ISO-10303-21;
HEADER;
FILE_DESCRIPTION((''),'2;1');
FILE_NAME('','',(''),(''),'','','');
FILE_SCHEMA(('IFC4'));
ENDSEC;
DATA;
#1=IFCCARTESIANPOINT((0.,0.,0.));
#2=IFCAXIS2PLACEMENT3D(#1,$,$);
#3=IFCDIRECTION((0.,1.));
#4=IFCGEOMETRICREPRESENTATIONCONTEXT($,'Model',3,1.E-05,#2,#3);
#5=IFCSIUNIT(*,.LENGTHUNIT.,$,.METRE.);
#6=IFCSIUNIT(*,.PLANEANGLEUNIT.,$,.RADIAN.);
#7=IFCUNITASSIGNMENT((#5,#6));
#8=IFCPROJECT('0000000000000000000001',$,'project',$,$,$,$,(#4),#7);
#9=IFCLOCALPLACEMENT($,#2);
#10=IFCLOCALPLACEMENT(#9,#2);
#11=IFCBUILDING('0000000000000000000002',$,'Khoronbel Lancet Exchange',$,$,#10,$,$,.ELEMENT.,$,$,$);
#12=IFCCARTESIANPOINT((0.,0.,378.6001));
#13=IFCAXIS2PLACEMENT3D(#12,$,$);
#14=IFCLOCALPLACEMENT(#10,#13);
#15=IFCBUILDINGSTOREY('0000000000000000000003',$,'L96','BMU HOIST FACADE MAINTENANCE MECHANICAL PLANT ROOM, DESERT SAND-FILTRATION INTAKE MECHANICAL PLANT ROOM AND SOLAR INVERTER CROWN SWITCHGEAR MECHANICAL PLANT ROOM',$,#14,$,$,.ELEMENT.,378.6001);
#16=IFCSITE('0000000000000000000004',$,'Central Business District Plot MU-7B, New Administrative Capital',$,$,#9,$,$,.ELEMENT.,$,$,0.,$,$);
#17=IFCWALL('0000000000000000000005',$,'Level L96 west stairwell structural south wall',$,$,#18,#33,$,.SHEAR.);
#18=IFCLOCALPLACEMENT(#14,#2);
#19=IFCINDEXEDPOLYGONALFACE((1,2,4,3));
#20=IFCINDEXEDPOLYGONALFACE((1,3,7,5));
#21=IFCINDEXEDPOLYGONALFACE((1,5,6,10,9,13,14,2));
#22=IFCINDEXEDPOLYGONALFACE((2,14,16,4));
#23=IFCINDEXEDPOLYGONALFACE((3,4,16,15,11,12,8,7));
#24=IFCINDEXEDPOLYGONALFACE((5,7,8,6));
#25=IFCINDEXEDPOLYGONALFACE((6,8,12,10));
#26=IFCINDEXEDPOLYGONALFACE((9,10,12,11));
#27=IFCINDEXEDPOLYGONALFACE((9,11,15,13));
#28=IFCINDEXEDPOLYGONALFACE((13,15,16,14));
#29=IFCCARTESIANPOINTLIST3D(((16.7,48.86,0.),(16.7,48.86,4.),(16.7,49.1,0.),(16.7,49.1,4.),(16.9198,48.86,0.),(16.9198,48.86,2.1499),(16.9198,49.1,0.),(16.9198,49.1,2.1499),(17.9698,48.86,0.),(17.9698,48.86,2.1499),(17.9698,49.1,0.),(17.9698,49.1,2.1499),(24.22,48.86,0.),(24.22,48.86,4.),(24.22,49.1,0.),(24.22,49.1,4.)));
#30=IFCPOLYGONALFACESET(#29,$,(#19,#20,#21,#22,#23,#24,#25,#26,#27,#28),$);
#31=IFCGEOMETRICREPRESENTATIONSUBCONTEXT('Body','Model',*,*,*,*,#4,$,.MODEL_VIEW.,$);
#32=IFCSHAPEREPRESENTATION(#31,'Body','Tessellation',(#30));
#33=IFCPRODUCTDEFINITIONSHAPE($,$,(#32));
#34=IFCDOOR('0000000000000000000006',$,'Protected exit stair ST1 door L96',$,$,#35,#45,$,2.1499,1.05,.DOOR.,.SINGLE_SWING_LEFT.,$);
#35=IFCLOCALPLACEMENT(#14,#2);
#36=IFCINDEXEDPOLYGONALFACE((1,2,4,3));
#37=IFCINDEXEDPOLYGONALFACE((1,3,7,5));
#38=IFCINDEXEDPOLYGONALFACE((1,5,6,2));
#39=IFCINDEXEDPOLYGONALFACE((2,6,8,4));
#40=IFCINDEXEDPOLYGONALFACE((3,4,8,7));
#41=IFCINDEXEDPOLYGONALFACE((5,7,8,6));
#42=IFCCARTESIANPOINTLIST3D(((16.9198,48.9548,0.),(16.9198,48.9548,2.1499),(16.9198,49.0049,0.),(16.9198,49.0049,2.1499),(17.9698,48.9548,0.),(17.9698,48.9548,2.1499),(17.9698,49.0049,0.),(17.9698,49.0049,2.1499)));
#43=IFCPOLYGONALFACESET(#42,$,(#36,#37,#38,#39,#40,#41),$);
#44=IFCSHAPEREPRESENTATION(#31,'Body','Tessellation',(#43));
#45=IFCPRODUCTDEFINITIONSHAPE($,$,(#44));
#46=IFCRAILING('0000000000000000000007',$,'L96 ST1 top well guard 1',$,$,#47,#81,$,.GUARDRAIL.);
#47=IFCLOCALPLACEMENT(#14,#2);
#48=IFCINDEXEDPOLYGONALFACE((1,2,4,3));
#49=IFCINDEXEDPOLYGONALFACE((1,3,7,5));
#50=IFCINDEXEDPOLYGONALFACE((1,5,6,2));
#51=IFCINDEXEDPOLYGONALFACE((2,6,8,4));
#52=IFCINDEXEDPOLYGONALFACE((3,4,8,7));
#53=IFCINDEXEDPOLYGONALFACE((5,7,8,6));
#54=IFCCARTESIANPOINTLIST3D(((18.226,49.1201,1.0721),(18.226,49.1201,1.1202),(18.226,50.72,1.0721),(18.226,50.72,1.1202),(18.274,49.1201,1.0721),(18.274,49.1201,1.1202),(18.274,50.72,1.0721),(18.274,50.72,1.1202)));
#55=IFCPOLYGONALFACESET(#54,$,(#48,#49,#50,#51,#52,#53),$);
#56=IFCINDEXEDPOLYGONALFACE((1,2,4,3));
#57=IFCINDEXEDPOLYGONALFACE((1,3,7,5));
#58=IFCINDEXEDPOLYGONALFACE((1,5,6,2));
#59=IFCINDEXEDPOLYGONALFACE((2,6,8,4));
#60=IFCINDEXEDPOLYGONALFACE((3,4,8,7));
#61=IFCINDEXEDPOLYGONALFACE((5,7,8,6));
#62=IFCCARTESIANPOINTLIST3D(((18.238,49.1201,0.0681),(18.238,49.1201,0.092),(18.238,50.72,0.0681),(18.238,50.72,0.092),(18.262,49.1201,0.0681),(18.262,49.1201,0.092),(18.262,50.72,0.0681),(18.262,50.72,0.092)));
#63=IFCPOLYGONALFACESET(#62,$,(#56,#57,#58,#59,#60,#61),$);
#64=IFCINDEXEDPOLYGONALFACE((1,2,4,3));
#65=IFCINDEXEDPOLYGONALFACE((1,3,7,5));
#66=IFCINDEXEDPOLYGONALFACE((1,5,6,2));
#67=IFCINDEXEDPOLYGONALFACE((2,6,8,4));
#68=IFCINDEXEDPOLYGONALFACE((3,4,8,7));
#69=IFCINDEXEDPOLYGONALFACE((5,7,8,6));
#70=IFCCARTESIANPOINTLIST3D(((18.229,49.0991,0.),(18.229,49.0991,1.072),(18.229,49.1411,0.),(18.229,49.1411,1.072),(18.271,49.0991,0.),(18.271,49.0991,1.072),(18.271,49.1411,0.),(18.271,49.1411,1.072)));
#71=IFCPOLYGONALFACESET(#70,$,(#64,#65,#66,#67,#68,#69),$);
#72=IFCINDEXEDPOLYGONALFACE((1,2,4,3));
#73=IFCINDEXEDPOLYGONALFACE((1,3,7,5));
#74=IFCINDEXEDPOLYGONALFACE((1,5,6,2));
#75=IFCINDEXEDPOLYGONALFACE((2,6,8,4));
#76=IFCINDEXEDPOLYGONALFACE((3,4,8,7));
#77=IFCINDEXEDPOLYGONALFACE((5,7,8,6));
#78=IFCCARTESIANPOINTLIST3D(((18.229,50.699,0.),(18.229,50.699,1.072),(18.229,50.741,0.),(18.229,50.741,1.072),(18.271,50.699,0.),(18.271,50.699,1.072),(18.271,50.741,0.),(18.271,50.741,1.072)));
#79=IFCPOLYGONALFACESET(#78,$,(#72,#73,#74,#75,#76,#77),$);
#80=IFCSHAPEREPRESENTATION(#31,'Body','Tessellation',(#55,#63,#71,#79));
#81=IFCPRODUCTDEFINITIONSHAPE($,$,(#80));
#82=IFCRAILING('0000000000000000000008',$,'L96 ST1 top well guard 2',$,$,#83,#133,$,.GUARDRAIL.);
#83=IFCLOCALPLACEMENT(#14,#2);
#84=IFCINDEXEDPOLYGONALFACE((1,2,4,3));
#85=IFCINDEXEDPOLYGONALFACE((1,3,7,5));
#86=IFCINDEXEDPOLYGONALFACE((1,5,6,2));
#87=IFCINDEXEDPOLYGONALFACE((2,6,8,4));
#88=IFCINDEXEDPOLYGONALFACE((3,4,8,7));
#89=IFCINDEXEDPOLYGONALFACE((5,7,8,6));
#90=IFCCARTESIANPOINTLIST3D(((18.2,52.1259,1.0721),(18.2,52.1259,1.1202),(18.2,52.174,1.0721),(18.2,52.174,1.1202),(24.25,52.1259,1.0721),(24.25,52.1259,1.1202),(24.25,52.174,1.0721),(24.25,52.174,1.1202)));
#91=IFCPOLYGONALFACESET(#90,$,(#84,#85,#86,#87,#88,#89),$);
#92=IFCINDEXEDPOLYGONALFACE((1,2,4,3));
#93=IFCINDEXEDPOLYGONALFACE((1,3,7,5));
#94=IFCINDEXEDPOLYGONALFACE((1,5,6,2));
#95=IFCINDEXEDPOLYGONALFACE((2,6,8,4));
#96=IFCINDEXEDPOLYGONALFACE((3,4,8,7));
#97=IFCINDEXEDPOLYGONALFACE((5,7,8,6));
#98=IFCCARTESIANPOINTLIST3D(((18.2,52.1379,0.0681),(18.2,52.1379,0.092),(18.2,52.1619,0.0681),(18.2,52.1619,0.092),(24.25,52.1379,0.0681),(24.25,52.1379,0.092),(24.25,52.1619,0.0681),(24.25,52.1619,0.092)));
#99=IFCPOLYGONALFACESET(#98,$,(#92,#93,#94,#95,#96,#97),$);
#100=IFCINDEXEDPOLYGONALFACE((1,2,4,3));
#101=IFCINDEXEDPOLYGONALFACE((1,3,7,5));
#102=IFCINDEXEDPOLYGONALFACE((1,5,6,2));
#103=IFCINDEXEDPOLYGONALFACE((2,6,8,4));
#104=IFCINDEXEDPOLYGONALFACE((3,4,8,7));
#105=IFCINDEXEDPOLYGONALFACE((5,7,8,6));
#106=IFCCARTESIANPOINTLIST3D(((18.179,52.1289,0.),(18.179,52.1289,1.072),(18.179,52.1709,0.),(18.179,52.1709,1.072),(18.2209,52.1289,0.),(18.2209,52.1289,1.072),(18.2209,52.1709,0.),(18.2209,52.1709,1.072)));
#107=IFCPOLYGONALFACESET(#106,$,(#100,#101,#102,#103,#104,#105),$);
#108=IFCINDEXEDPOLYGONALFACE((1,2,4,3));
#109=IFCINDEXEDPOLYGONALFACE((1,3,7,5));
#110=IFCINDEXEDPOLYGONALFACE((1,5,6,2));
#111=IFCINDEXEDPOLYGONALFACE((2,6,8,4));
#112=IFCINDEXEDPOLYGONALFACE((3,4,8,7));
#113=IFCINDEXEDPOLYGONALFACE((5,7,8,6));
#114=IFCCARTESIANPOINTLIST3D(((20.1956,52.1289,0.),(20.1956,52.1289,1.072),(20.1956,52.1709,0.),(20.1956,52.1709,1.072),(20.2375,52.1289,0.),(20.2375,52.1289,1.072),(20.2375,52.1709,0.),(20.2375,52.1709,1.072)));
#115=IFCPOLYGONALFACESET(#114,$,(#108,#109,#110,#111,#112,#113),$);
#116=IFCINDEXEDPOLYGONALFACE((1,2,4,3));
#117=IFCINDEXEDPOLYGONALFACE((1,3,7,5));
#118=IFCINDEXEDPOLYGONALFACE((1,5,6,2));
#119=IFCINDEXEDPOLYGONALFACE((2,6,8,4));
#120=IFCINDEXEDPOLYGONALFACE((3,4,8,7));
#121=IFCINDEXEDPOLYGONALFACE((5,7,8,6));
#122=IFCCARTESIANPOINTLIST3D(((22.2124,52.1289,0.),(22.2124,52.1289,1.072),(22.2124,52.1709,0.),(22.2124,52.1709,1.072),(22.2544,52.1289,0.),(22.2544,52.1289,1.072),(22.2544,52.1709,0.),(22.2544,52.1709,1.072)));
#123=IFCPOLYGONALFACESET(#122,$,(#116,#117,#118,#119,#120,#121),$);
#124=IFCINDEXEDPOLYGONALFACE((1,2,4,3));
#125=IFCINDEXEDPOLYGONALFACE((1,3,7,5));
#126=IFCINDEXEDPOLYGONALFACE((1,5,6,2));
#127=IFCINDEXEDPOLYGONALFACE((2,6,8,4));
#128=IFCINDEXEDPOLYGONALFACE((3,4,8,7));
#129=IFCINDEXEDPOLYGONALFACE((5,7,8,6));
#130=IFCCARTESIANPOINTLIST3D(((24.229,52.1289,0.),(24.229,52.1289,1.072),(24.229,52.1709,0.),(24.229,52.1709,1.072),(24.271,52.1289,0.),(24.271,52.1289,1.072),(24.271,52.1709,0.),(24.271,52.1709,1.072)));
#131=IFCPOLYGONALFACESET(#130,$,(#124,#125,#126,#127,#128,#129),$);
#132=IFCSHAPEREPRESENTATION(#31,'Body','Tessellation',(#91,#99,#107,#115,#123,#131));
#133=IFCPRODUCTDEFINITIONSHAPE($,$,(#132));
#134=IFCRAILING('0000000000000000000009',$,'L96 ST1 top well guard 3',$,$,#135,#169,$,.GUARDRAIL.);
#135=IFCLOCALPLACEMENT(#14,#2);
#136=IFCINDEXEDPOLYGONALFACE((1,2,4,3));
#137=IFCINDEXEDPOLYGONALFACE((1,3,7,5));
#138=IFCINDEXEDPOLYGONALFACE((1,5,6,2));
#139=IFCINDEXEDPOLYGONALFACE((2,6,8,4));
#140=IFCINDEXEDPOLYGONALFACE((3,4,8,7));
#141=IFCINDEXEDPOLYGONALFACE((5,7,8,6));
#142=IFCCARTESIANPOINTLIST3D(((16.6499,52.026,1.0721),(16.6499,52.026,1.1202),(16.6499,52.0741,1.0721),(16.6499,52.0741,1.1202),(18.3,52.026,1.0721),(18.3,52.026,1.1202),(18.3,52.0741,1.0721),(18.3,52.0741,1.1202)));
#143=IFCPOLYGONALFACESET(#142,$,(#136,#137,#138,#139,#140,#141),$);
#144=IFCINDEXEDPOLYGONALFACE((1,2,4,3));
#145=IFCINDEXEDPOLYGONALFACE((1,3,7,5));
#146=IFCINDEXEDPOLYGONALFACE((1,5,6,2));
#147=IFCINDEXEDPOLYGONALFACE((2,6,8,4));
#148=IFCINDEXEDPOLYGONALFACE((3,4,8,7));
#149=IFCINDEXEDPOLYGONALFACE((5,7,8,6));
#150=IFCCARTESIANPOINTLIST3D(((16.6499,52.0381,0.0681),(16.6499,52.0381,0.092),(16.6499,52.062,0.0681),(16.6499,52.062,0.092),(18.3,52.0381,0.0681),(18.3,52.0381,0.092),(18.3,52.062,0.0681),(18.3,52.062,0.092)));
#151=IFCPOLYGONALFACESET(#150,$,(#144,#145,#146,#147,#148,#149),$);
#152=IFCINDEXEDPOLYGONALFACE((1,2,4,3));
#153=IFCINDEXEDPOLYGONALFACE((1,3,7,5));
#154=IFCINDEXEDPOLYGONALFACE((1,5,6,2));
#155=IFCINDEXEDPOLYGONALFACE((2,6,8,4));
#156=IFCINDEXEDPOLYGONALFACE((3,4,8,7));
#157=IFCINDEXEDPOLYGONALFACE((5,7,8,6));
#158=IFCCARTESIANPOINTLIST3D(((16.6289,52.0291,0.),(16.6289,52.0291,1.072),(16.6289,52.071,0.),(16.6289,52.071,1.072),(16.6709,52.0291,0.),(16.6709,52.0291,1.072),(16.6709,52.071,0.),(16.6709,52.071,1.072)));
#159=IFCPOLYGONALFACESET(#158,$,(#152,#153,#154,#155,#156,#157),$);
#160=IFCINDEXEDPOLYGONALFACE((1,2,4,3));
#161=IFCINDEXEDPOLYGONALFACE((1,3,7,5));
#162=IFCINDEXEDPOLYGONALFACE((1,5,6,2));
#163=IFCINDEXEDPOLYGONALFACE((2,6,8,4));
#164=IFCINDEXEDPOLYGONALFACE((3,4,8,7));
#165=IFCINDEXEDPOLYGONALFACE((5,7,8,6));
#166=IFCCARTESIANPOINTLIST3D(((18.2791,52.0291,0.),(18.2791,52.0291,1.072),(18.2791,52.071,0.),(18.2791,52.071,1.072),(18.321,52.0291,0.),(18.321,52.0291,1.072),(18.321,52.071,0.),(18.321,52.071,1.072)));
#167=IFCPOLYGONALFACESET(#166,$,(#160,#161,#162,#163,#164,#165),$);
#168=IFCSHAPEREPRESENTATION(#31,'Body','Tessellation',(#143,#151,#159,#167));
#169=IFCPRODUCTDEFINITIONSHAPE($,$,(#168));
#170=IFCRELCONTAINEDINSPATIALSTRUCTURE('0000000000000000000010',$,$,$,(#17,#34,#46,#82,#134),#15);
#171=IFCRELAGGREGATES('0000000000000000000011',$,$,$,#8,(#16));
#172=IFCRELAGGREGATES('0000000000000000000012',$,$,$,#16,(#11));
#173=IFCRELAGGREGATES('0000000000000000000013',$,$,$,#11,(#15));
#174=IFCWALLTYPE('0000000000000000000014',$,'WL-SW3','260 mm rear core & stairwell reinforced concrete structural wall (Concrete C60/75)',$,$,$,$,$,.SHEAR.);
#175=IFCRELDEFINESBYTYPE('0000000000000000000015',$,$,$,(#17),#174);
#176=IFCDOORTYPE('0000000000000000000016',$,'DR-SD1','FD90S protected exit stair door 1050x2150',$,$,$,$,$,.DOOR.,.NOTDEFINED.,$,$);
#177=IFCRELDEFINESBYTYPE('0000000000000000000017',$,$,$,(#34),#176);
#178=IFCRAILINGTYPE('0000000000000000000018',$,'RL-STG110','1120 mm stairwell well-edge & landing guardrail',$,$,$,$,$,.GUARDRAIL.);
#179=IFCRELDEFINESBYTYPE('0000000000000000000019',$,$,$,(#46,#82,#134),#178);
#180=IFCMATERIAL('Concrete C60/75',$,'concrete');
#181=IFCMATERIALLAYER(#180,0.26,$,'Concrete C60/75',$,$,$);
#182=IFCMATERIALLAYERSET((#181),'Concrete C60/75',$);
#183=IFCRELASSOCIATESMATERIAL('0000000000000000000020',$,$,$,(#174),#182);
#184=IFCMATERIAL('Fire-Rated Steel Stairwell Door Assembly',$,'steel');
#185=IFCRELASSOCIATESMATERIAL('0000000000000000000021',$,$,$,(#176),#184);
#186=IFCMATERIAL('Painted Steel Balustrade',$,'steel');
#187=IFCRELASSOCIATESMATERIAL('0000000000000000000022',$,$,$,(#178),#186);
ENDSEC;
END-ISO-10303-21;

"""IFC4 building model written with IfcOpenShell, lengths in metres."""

from ifc_helpers import new_model, si_unit, direction, frame, frame_2d, origin, origin_2d, place, context, subcontext, project, spatial, rectangle, extrude, material, layer, layer_set, type_object, element, fill, save


model = new_model("IFC4")

# Units and contexts
model_context = context("Model", 3, precision=1e-05, world=origin(), true_north=direction((0.0, 1.0)))
body_context = subcontext(model_context, "Body", "Model", "MODEL_VIEW")
ifc_project = project(units=[si_unit("LENGTHUNIT", "METRE"), si_unit("PLANEANGLEUNIT", "RADIAN")], contexts=[model_context])

# Site, building, storey
site_placement = place(None, origin())
site = spatial("IfcSite", under=ifc_project, at=site_placement, Name="Central Business District Plot MU-7B, New Administrative Capital", CompositionType="ELEMENT", RefElevation=0.0)
building_placement = place(site_placement, origin())
building = spatial("IfcBuilding", under=site, at=building_placement, Name="Khoronbel Lancet Exchange", CompositionType="ELEMENT")
storey_placement = place(building_placement, frame((0.0, 0.0, 378.6001)))
storey = spatial("IfcBuildingStorey", under=building, at=storey_placement, Name="L96", Description="BMU HOIST FACADE MAINTENANCE MECHANICAL PLANT ROOM, DESERT SAND-FILTRATION INTAKE MECHANICAL PLANT ROOM AND SOLAR INVERTER CROWN SWITCHGEAR MECHANICAL PLANT ROOM", CompositionType="ELEMENT", Elevation=378.6001)

# Wall, opening, door
ifc_material_1 = material(Name="Concrete C60/75", Category="concrete")
ifc_layer_1 = layer(ifc_material_1, 0.26, Name="Concrete C60/75")
ifc_layer_set_1 = layer_set([ifc_layer_1], Name="Concrete C60/75")
wall_type_1 = type_object("IfcWallType", Name="WL-SW3", Description="260 mm rear core & stairwell reinforced concrete structural wall (Concrete C60/75)", PredefinedType="SHEAR", material=ifc_layer_set_1)
wall_1_placement = place(storey_placement, frame((16.7, 48.98, 0.0), z_axis=(0.0, 0.0, 1.0), x_axis=(1.0, 0.0, 0.0)))
wall_1 = element("IfcWall", 1, at=wall_1_placement, inside=storey, type_object=wall_type_1, Name="Level L96 west stairwell structural south wall", PredefinedType="SHEAR", context=body_context, shape_type="SweptSolid", body=[
    extrude(rectangle(XDim=7.52, YDim=0.24, at=frame_2d((3.76, 0.0))), origin(), (0.0, 0.0, 1.0), 4.0),
])
opening_1_placement = place(wall_1_placement, frame((0.22, 0.0, 0.0)))
opening_1 = element("IfcOpeningElement", 2, at=opening_1_placement, cuts=wall_1, PredefinedType="OPENING", context=body_context, shape_type="SweptSolid", body=[
    extrude(rectangle(XDim=1.05, YDim=2.1499, at=frame_2d((0.5249, 1.075))), frame((0.0, 0.1299, 0.0), z_axis=(0.0, -1.0, 0.0), x_axis=(1.0, 0.0, 0.0)), (0.0, 0.0, 1.0), 0.26),
])
ifc_material_2 = material(Name="Fire-Rated Steel Stairwell Door Assembly", Category="steel")
door_type_1 = type_object("IfcDoorType", Name="DR-SD1", Description="FD90S protected exit stair door 1050x2150", OperationType="NOTDEFINED", PredefinedType="DOOR", material=ifc_material_2)
door_1_placement = place(opening_1_placement, origin())
door_1 = element("IfcDoor", 3, at=door_1_placement, inside=storey, type_object=door_type_1, Name="Protected exit stair ST1 door L96", OperationType="SINGLE_SWING_LEFT", OverallHeight=2.1499, OverallWidth=1.05, PredefinedType="DOOR", context=body_context, shape_type="SweptSolid", body=[
    extrude(rectangle(XDim=1.05, YDim=2.1499, at=frame_2d((0.5249, 1.075))), frame((0.0, 0.0249, 0.0), z_axis=(0.0, -1.0, 0.0), x_axis=(1.0, 0.0, 0.0)), (0.0, 0.0, 1.0), 0.05),
])
fill(opening_1, door_1)

# Railings
ifc_material_3 = material(Name="Painted Steel Balustrade", Category="steel")
railing_type = type_object("IfcRailingType", Name="RL-STG110", Description="1120 mm stairwell well-edge & landing guardrail", PredefinedType="GUARDRAIL", material=ifc_material_3)
railing_1_placement = place(storey_placement, frame((18.25, 49.1201, 0.0)))
element("IfcRailing", 4, at=railing_1_placement, inside=storey, type_object=railing_type, Name="L96 ST1 top well guard 1", PredefinedType="GUARDRAIL", context=body_context, shape_type="SweptSolid", body=[
    extrude(rectangle(XDim=0.0481, YDim=0.0481, at=origin_2d()), frame((0.0, 0.0, 1.0962), z_axis=(0.0, 1.0, 0.0), x_axis=(-1.0, 0.0, 0.0)), (0.0, 0.0, 1.0), 1.5999),
    extrude(rectangle(XDim=0.0239, YDim=0.0239, at=origin_2d()), frame((0.0, 0.0, 0.0801), z_axis=(0.0, 1.0, 0.0), x_axis=(-1.0, 0.0, 0.0)), (0.0, 0.0, 1.0), 1.5999),
    extrude(rectangle(XDim=0.042, YDim=0.042, at=origin_2d()), origin(), (0.0, 0.0, 1.0), 1.072),
    extrude(rectangle(XDim=0.042, YDim=0.042, at=origin_2d()), frame((0.0, 1.5999, 0.0)), (0.0, 0.0, 1.0), 1.072),
])
railing_2_placement = place(storey_placement, frame((18.2, 52.1499, 0.0)))
element("IfcRailing", 5, at=railing_2_placement, inside=storey, type_object=railing_type, Name="L96 ST1 top well guard 2", PredefinedType="GUARDRAIL", context=body_context, shape_type="SweptSolid", body=[
    extrude(rectangle(XDim=0.0481, YDim=0.0481, at=origin_2d()), frame((0.0, 0.0, 1.0962), z_axis=(1.0, 0.0, 0.0), x_axis=(0.0, 1.0, 0.0)), (0.0, 0.0, 1.0), 6.05),
    extrude(rectangle(XDim=0.0239, YDim=0.0239, at=origin_2d()), frame((0.0, 0.0, 0.0801), z_axis=(1.0, 0.0, 0.0), x_axis=(0.0, 1.0, 0.0)), (0.0, 0.0, 1.0), 6.05),
    extrude(rectangle(XDim=0.042, YDim=0.042, at=origin_2d()), origin(), (0.0, 0.0, 1.0), 1.072),
    extrude(rectangle(XDim=0.042, YDim=0.042, at=origin_2d()), frame((2.0166, 0.0, 0.0)), (0.0, 0.0, 1.0), 1.072),
    extrude(rectangle(XDim=0.042, YDim=0.042, at=origin_2d()), frame((4.0334, 0.0, 0.0)), (0.0, 0.0, 1.0), 1.072),
    extrude(rectangle(XDim=0.042, YDim=0.042, at=origin_2d()), frame((6.05, 0.0, 0.0)), (0.0, 0.0, 1.0), 1.072),
])
railing_3_placement = place(storey_placement, frame((16.6499, 52.05, 0.0)))
element("IfcRailing", 6, at=railing_3_placement, inside=storey, type_object=railing_type, Name="L96 ST1 top well guard 3", PredefinedType="GUARDRAIL", context=body_context, shape_type="SweptSolid", body=[
    extrude(rectangle(XDim=0.0481, YDim=0.0481, at=origin_2d()), frame((0.0, 0.0, 1.0962), z_axis=(1.0, 0.0, 0.0), x_axis=(0.0, 1.0, 0.0)), (0.0, 0.0, 1.0), 1.6501),
    extrude(rectangle(XDim=0.0239, YDim=0.0239, at=origin_2d()), frame((0.0, 0.0, 0.0801), z_axis=(1.0, 0.0, 0.0), x_axis=(0.0, 1.0, 0.0)), (0.0, 0.0, 1.0), 1.6501),
    extrude(rectangle(XDim=0.042, YDim=0.042, at=origin_2d()), origin(), (0.0, 0.0, 1.0), 1.072),
    extrude(rectangle(XDim=0.042, YDim=0.042, at=origin_2d()), frame((1.6501, 0.0, 0.0)), (0.0, 0.0, 1.0), 1.072),
])

save(model, "model.ifc")
